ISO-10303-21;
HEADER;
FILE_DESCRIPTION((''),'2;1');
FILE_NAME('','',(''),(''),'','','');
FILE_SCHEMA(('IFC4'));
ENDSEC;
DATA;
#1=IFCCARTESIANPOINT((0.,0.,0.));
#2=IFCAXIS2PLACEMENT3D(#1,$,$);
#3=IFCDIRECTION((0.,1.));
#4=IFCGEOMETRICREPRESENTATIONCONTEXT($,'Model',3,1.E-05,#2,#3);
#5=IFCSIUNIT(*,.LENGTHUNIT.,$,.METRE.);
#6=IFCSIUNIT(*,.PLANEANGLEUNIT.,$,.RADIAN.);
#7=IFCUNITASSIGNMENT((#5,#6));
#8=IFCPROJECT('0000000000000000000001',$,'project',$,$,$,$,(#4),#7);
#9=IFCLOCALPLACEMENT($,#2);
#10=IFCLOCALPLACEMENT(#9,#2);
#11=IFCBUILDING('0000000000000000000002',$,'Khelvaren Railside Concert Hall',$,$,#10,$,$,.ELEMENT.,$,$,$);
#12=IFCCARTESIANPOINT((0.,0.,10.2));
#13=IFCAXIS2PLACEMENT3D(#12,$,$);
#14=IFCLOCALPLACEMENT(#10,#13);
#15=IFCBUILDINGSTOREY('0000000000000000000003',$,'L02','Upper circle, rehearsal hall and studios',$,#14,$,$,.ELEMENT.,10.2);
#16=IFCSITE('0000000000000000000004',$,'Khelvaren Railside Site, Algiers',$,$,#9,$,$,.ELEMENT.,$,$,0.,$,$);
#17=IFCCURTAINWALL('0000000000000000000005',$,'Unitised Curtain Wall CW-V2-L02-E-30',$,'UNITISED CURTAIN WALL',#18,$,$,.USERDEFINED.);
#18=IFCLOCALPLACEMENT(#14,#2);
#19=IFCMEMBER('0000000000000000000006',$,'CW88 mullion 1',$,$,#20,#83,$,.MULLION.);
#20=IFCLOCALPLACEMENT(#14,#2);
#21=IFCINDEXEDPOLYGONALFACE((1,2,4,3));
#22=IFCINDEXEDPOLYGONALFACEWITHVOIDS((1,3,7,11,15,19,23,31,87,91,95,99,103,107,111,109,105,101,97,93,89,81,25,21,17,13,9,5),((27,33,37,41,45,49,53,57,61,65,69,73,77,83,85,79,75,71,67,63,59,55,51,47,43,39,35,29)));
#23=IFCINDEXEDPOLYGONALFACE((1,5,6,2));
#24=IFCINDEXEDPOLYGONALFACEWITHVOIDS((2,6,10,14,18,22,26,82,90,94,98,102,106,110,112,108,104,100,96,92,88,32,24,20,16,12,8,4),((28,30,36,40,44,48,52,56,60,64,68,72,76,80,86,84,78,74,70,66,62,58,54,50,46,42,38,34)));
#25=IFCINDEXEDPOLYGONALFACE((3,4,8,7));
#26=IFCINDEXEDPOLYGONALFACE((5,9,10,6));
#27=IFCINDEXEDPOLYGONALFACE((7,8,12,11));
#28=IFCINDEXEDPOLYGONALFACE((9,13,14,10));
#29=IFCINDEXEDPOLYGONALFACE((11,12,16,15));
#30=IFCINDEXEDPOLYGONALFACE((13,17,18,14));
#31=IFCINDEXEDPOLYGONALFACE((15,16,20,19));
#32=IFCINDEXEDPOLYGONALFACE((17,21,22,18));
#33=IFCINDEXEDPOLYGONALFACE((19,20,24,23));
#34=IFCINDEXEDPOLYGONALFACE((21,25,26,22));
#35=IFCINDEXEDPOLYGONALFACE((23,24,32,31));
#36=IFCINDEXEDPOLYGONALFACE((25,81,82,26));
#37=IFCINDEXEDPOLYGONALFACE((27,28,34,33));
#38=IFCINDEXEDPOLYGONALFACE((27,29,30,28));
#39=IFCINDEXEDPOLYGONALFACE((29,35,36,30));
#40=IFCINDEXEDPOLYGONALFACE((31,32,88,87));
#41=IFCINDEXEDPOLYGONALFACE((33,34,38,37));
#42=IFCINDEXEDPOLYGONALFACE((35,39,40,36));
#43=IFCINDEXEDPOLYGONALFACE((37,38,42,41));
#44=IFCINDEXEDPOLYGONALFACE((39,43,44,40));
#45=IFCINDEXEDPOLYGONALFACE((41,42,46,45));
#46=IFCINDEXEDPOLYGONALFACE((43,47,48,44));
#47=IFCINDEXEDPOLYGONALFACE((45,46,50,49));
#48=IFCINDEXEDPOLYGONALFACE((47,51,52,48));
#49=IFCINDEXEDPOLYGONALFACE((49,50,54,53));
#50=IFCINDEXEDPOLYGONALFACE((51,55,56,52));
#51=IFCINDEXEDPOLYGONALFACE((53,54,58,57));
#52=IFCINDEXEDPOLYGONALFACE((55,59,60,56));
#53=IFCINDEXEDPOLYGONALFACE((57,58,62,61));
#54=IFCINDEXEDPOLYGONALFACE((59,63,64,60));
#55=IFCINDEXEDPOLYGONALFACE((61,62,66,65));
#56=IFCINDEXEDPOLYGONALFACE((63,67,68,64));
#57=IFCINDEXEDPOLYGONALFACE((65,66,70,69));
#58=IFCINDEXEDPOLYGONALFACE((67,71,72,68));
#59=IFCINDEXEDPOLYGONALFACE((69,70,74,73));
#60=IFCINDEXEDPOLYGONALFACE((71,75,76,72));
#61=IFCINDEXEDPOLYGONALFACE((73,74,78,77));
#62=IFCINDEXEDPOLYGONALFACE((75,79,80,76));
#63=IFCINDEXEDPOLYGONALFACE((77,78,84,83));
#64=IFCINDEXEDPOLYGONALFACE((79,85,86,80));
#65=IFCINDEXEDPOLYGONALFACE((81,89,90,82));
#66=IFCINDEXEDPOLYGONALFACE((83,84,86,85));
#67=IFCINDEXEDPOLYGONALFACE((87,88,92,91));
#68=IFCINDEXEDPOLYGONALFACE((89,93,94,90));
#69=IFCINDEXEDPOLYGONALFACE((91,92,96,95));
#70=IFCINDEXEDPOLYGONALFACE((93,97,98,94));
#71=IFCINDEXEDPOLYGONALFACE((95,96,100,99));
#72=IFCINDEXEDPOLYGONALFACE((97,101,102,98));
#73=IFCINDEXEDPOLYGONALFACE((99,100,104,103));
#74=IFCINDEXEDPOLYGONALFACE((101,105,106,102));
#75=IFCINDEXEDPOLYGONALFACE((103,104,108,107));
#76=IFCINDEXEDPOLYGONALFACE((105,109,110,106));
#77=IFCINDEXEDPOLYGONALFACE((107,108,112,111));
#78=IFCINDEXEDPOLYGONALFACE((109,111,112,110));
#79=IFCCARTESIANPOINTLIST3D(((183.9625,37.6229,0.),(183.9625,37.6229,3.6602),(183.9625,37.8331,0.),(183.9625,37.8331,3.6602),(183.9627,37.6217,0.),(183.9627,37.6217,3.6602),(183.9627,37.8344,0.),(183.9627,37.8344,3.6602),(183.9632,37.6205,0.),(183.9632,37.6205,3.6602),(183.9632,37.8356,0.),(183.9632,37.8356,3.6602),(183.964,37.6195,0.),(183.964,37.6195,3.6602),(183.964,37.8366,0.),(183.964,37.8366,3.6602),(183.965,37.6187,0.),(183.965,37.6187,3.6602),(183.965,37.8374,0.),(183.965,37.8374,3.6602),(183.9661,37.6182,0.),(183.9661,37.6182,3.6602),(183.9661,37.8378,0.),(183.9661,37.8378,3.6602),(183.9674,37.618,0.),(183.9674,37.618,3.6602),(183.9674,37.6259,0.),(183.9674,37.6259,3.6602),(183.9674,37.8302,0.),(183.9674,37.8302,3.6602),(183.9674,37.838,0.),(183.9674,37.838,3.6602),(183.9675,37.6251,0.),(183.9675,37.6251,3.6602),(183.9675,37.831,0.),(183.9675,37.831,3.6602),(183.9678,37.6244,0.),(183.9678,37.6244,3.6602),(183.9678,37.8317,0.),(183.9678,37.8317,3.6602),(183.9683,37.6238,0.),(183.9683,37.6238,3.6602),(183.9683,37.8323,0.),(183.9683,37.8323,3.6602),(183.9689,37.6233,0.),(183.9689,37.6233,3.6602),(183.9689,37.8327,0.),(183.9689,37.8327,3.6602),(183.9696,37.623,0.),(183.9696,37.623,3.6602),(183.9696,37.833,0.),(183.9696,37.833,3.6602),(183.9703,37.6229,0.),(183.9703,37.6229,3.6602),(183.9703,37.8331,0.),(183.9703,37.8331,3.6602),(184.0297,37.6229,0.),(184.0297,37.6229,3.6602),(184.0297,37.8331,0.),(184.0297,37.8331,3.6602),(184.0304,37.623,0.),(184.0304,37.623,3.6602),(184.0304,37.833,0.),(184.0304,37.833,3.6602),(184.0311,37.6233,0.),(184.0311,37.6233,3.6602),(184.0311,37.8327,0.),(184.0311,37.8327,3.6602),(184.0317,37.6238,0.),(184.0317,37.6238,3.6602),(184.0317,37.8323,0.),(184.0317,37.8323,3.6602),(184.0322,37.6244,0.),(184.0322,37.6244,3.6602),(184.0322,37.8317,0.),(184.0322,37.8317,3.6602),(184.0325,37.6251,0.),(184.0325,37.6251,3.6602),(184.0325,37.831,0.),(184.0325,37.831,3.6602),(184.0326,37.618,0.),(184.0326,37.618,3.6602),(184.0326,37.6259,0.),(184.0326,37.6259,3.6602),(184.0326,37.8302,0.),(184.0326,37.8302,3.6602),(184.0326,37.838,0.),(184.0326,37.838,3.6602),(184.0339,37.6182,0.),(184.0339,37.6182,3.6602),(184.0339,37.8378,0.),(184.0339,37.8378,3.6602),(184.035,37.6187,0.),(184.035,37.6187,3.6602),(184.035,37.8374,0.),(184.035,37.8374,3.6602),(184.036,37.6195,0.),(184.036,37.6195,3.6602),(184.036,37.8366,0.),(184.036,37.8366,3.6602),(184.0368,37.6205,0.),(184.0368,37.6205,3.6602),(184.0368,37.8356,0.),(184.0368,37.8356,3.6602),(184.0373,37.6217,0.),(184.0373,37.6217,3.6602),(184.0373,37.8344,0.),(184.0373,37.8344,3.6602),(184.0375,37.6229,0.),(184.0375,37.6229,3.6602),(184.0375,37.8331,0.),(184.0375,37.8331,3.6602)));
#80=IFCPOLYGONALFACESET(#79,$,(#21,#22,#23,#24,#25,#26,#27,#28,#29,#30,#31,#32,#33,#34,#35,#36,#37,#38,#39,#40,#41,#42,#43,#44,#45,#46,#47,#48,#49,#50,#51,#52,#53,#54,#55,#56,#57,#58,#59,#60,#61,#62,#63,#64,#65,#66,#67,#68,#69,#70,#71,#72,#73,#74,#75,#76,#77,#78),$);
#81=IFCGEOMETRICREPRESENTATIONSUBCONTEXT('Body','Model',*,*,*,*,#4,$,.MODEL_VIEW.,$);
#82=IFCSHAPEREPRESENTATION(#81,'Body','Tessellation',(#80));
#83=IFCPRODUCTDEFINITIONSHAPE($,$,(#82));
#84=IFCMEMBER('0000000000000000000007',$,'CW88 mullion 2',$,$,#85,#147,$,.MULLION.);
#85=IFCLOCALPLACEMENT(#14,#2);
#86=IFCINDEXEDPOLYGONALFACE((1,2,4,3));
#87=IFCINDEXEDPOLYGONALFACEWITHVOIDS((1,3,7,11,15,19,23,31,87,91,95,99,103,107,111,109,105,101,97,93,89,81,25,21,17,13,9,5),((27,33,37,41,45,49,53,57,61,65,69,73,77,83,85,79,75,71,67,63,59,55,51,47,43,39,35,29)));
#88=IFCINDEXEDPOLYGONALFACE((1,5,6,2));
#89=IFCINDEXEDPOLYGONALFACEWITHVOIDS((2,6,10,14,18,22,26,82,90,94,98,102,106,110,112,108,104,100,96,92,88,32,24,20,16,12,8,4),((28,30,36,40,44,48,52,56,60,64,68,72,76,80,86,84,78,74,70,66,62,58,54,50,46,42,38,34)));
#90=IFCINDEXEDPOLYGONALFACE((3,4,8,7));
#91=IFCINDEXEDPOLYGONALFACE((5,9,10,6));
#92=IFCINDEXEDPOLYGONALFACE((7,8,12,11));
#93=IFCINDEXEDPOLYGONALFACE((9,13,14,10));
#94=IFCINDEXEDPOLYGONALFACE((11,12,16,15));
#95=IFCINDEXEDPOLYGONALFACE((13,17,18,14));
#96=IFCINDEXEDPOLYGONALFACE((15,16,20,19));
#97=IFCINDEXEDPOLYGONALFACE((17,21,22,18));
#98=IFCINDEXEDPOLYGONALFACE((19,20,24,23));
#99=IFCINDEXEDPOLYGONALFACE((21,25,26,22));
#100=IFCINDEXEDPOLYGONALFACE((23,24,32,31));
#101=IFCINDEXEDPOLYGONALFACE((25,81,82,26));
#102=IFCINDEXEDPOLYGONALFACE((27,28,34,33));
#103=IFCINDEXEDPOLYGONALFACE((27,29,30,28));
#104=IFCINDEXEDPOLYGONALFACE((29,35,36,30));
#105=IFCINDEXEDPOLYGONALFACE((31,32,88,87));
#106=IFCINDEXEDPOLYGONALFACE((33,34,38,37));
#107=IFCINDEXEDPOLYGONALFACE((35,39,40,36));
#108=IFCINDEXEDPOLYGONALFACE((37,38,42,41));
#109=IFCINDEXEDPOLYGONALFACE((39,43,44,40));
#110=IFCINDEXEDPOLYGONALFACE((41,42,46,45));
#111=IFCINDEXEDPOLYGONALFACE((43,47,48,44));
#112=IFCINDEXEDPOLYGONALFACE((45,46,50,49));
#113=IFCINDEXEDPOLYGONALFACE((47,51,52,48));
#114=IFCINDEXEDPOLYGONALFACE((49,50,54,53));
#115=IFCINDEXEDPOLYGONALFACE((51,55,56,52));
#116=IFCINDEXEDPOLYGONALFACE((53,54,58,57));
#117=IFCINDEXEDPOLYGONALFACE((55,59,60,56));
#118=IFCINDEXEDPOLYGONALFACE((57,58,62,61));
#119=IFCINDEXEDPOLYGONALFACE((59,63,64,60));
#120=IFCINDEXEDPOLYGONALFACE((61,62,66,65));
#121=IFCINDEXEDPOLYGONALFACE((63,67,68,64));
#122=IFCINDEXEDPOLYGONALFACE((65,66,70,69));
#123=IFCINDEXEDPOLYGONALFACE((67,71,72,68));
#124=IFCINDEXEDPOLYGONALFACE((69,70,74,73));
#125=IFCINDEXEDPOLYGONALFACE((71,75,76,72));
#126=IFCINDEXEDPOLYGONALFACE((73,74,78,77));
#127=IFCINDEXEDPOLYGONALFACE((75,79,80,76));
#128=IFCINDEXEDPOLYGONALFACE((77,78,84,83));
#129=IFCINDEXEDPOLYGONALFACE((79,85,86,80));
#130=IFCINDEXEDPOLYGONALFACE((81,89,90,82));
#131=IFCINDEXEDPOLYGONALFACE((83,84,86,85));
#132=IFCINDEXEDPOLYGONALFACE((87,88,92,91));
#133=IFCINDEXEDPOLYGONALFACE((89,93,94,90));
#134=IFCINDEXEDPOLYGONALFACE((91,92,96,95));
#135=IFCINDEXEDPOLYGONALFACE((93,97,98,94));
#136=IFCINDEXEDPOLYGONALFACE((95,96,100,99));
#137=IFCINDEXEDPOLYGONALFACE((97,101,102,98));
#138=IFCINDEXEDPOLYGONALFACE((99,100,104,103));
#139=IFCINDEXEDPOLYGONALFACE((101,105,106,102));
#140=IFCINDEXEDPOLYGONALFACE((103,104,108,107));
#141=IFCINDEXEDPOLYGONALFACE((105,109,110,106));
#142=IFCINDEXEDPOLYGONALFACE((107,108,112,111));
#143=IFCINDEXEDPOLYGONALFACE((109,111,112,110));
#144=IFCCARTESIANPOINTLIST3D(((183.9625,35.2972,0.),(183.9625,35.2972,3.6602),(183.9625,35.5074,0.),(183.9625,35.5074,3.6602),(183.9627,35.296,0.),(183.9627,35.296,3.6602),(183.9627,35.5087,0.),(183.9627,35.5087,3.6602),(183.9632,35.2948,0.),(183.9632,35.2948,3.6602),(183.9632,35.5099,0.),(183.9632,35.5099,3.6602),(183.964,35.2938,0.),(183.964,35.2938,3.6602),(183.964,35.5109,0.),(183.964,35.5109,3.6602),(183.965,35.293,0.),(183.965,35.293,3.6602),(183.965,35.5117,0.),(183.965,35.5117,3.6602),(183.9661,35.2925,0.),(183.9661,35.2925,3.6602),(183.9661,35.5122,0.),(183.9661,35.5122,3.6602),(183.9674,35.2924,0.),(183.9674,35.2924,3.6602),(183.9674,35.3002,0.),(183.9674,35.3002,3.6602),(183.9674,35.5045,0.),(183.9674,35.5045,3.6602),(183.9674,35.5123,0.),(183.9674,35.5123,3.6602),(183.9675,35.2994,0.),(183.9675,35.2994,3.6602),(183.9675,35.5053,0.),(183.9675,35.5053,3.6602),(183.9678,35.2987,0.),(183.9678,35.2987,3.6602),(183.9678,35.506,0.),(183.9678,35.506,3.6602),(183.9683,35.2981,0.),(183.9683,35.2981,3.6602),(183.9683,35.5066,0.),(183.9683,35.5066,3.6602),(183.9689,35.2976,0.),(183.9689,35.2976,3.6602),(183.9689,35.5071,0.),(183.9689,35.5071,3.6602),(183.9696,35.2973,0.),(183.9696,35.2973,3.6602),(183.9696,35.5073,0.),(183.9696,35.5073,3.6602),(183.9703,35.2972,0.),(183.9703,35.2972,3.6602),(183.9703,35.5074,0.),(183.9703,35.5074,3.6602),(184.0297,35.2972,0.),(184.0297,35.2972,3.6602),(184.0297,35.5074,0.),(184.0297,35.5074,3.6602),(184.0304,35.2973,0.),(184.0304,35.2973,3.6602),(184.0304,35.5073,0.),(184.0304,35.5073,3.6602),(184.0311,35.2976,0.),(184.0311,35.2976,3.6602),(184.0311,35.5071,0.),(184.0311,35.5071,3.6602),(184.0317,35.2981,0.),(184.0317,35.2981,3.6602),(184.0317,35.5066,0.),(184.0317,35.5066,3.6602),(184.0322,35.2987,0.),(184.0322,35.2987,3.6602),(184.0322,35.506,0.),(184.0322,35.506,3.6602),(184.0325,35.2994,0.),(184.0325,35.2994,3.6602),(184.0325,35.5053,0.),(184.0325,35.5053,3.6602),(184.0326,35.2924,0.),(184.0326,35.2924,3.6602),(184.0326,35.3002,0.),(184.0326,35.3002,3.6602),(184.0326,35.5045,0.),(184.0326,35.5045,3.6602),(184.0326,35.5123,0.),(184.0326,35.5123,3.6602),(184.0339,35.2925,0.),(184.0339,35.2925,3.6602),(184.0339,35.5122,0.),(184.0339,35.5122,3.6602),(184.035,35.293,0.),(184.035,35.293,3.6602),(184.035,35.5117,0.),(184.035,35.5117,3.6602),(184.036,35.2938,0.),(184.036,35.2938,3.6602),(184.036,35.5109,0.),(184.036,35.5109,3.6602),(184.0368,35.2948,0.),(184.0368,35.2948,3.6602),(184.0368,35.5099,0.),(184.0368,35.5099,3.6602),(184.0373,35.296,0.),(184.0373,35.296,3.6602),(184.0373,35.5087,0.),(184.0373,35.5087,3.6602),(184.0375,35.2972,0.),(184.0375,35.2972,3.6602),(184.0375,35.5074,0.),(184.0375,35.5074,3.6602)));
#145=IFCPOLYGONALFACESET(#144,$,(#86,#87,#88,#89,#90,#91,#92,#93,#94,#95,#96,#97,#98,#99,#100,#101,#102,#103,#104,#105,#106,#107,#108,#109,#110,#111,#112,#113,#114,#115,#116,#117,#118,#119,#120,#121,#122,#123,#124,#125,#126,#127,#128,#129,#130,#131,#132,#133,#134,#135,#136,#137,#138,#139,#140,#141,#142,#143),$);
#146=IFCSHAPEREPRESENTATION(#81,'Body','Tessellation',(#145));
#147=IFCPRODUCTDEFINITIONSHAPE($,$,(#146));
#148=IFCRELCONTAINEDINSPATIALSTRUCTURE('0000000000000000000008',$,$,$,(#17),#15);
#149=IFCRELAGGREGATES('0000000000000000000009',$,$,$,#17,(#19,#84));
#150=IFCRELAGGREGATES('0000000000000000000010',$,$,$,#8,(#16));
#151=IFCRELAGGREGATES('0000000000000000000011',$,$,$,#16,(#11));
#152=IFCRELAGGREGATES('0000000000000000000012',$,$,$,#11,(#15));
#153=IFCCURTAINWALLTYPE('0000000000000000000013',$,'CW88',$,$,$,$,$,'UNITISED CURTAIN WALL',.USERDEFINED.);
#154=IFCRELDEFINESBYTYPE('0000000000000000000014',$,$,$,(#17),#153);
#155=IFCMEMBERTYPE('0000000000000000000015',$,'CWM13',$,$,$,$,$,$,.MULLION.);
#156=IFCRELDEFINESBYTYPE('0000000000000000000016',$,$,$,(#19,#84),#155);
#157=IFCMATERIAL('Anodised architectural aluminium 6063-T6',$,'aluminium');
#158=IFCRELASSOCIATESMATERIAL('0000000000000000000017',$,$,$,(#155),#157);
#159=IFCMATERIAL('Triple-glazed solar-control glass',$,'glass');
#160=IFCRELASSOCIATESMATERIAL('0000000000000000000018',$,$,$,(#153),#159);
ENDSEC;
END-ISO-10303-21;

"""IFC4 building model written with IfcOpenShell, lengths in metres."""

from ifc_helpers import new_model, si_unit, direction, frame, origin, origin_2d, place, context, subcontext, project, spatial, hollow_rectangle, extrude, material, material_profile, profile_set, type_object, element, aggregate, save


model = new_model("IFC4")

# Units and contexts
model_context = context("Model", 3, precision=1e-05, world=origin(), true_north=direction((0.0, 1.0)))
body_context = subcontext(model_context, "Body", "Model", "MODEL_VIEW")
ifc_project = project(units=[si_unit("LENGTHUNIT", "METRE"), si_unit("PLANEANGLEUNIT", "RADIAN")], contexts=[model_context])

# Site, building, storey
site_placement = place(None, origin())
site = spatial("IfcSite", under=ifc_project, at=site_placement, Name="Khelvaren Railside Site, Algiers", CompositionType="ELEMENT", RefElevation=0.0)
building_placement = place(site_placement, origin())
building = spatial("IfcBuilding", under=site, at=building_placement, Name="Khelvaren Railside Concert Hall", CompositionType="ELEMENT")
storey_placement = place(building_placement, frame((0.0, 0.0, 10.2)))
storey = spatial("IfcBuildingStorey", under=building, at=storey_placement, Name="L02", Description="Upper circle, rehearsal hall and studios", CompositionType="ELEMENT", Elevation=10.2)

# Curtain wall, members
ifc_material_1 = material(Name="Anodised architectural aluminium 6063-T6", Category="aluminium")
ifc_material_profile_1 = material_profile(ifc_material_1, hollow_rectangle(XDim=0.075, YDim=0.22, WallThickness=0.0049, InnerFilletRadius=0.0029, OuterFilletRadius=0.0049, at=origin_2d()), Name="CWM 75x220x5")
ifc_profile_set_1 = profile_set([ifc_material_profile_1], Name="Anodised architectural aluminium 6063-T6")
member_type_1 = type_object("IfcMemberType", Name="CWM13", PredefinedType="MULLION", material=ifc_profile_set_1)
ifc_material_2 = material(Name="Triple-glazed solar-control glass", Category="glass")
curtain_wall_type_1 = type_object("IfcCurtainWallType", Name="CW88", ElementType="UNITISED CURTAIN WALL", PredefinedType="USERDEFINED", material=ifc_material_2)
curtain_wall_1_placement = place(storey_placement, origin())
curtain_wall_1 = element("IfcCurtainWall", 1, at=curtain_wall_1_placement, inside=storey, type_object=curtain_wall_type_1, Name="Unitised Curtain Wall CW-V2-L02-E-30", ObjectType="UNITISED CURTAIN WALL", PredefinedType="USERDEFINED")
member_1_placement = place(storey_placement, frame((184.0, 37.728, 0.0), z_axis=(0.0, 0.0, 1.0), x_axis=(1.0, 0.0, 0.0)))
member_1 = element("IfcMember", 2, at=member_1_placement, type_object=member_type_1, Name="CW88 mullion 1", PredefinedType="MULLION", context=body_context, shape_type="SweptSolid", body=[
    extrude(hollow_rectangle(XDim=0.075, YDim=0.22, WallThickness=0.0049, InnerFilletRadius=0.0029, OuterFilletRadius=0.0049, at=origin_2d()), origin(), (0.0, 0.0, 1.0), 3.6602),
])
member_2_placement = place(storey_placement, frame((184.0, 35.4023, 0.0), z_axis=(0.0, 0.0, 1.0), x_axis=(1.0, 0.0, 0.0)))
member_2 = element("IfcMember", 3, at=member_2_placement, type_object=member_type_1, Name="CW88 mullion 2", PredefinedType="MULLION", context=body_context, shape_type="SweptSolid", body=[
    extrude(hollow_rectangle(XDim=0.075, YDim=0.22, WallThickness=0.0049, InnerFilletRadius=0.0029, OuterFilletRadius=0.0049, at=origin_2d()), origin(), (0.0, 0.0, 1.0), 3.6602),
])

aggregate(curtain_wall_1, [member_1, member_2])

save(model, "model.ifc")
